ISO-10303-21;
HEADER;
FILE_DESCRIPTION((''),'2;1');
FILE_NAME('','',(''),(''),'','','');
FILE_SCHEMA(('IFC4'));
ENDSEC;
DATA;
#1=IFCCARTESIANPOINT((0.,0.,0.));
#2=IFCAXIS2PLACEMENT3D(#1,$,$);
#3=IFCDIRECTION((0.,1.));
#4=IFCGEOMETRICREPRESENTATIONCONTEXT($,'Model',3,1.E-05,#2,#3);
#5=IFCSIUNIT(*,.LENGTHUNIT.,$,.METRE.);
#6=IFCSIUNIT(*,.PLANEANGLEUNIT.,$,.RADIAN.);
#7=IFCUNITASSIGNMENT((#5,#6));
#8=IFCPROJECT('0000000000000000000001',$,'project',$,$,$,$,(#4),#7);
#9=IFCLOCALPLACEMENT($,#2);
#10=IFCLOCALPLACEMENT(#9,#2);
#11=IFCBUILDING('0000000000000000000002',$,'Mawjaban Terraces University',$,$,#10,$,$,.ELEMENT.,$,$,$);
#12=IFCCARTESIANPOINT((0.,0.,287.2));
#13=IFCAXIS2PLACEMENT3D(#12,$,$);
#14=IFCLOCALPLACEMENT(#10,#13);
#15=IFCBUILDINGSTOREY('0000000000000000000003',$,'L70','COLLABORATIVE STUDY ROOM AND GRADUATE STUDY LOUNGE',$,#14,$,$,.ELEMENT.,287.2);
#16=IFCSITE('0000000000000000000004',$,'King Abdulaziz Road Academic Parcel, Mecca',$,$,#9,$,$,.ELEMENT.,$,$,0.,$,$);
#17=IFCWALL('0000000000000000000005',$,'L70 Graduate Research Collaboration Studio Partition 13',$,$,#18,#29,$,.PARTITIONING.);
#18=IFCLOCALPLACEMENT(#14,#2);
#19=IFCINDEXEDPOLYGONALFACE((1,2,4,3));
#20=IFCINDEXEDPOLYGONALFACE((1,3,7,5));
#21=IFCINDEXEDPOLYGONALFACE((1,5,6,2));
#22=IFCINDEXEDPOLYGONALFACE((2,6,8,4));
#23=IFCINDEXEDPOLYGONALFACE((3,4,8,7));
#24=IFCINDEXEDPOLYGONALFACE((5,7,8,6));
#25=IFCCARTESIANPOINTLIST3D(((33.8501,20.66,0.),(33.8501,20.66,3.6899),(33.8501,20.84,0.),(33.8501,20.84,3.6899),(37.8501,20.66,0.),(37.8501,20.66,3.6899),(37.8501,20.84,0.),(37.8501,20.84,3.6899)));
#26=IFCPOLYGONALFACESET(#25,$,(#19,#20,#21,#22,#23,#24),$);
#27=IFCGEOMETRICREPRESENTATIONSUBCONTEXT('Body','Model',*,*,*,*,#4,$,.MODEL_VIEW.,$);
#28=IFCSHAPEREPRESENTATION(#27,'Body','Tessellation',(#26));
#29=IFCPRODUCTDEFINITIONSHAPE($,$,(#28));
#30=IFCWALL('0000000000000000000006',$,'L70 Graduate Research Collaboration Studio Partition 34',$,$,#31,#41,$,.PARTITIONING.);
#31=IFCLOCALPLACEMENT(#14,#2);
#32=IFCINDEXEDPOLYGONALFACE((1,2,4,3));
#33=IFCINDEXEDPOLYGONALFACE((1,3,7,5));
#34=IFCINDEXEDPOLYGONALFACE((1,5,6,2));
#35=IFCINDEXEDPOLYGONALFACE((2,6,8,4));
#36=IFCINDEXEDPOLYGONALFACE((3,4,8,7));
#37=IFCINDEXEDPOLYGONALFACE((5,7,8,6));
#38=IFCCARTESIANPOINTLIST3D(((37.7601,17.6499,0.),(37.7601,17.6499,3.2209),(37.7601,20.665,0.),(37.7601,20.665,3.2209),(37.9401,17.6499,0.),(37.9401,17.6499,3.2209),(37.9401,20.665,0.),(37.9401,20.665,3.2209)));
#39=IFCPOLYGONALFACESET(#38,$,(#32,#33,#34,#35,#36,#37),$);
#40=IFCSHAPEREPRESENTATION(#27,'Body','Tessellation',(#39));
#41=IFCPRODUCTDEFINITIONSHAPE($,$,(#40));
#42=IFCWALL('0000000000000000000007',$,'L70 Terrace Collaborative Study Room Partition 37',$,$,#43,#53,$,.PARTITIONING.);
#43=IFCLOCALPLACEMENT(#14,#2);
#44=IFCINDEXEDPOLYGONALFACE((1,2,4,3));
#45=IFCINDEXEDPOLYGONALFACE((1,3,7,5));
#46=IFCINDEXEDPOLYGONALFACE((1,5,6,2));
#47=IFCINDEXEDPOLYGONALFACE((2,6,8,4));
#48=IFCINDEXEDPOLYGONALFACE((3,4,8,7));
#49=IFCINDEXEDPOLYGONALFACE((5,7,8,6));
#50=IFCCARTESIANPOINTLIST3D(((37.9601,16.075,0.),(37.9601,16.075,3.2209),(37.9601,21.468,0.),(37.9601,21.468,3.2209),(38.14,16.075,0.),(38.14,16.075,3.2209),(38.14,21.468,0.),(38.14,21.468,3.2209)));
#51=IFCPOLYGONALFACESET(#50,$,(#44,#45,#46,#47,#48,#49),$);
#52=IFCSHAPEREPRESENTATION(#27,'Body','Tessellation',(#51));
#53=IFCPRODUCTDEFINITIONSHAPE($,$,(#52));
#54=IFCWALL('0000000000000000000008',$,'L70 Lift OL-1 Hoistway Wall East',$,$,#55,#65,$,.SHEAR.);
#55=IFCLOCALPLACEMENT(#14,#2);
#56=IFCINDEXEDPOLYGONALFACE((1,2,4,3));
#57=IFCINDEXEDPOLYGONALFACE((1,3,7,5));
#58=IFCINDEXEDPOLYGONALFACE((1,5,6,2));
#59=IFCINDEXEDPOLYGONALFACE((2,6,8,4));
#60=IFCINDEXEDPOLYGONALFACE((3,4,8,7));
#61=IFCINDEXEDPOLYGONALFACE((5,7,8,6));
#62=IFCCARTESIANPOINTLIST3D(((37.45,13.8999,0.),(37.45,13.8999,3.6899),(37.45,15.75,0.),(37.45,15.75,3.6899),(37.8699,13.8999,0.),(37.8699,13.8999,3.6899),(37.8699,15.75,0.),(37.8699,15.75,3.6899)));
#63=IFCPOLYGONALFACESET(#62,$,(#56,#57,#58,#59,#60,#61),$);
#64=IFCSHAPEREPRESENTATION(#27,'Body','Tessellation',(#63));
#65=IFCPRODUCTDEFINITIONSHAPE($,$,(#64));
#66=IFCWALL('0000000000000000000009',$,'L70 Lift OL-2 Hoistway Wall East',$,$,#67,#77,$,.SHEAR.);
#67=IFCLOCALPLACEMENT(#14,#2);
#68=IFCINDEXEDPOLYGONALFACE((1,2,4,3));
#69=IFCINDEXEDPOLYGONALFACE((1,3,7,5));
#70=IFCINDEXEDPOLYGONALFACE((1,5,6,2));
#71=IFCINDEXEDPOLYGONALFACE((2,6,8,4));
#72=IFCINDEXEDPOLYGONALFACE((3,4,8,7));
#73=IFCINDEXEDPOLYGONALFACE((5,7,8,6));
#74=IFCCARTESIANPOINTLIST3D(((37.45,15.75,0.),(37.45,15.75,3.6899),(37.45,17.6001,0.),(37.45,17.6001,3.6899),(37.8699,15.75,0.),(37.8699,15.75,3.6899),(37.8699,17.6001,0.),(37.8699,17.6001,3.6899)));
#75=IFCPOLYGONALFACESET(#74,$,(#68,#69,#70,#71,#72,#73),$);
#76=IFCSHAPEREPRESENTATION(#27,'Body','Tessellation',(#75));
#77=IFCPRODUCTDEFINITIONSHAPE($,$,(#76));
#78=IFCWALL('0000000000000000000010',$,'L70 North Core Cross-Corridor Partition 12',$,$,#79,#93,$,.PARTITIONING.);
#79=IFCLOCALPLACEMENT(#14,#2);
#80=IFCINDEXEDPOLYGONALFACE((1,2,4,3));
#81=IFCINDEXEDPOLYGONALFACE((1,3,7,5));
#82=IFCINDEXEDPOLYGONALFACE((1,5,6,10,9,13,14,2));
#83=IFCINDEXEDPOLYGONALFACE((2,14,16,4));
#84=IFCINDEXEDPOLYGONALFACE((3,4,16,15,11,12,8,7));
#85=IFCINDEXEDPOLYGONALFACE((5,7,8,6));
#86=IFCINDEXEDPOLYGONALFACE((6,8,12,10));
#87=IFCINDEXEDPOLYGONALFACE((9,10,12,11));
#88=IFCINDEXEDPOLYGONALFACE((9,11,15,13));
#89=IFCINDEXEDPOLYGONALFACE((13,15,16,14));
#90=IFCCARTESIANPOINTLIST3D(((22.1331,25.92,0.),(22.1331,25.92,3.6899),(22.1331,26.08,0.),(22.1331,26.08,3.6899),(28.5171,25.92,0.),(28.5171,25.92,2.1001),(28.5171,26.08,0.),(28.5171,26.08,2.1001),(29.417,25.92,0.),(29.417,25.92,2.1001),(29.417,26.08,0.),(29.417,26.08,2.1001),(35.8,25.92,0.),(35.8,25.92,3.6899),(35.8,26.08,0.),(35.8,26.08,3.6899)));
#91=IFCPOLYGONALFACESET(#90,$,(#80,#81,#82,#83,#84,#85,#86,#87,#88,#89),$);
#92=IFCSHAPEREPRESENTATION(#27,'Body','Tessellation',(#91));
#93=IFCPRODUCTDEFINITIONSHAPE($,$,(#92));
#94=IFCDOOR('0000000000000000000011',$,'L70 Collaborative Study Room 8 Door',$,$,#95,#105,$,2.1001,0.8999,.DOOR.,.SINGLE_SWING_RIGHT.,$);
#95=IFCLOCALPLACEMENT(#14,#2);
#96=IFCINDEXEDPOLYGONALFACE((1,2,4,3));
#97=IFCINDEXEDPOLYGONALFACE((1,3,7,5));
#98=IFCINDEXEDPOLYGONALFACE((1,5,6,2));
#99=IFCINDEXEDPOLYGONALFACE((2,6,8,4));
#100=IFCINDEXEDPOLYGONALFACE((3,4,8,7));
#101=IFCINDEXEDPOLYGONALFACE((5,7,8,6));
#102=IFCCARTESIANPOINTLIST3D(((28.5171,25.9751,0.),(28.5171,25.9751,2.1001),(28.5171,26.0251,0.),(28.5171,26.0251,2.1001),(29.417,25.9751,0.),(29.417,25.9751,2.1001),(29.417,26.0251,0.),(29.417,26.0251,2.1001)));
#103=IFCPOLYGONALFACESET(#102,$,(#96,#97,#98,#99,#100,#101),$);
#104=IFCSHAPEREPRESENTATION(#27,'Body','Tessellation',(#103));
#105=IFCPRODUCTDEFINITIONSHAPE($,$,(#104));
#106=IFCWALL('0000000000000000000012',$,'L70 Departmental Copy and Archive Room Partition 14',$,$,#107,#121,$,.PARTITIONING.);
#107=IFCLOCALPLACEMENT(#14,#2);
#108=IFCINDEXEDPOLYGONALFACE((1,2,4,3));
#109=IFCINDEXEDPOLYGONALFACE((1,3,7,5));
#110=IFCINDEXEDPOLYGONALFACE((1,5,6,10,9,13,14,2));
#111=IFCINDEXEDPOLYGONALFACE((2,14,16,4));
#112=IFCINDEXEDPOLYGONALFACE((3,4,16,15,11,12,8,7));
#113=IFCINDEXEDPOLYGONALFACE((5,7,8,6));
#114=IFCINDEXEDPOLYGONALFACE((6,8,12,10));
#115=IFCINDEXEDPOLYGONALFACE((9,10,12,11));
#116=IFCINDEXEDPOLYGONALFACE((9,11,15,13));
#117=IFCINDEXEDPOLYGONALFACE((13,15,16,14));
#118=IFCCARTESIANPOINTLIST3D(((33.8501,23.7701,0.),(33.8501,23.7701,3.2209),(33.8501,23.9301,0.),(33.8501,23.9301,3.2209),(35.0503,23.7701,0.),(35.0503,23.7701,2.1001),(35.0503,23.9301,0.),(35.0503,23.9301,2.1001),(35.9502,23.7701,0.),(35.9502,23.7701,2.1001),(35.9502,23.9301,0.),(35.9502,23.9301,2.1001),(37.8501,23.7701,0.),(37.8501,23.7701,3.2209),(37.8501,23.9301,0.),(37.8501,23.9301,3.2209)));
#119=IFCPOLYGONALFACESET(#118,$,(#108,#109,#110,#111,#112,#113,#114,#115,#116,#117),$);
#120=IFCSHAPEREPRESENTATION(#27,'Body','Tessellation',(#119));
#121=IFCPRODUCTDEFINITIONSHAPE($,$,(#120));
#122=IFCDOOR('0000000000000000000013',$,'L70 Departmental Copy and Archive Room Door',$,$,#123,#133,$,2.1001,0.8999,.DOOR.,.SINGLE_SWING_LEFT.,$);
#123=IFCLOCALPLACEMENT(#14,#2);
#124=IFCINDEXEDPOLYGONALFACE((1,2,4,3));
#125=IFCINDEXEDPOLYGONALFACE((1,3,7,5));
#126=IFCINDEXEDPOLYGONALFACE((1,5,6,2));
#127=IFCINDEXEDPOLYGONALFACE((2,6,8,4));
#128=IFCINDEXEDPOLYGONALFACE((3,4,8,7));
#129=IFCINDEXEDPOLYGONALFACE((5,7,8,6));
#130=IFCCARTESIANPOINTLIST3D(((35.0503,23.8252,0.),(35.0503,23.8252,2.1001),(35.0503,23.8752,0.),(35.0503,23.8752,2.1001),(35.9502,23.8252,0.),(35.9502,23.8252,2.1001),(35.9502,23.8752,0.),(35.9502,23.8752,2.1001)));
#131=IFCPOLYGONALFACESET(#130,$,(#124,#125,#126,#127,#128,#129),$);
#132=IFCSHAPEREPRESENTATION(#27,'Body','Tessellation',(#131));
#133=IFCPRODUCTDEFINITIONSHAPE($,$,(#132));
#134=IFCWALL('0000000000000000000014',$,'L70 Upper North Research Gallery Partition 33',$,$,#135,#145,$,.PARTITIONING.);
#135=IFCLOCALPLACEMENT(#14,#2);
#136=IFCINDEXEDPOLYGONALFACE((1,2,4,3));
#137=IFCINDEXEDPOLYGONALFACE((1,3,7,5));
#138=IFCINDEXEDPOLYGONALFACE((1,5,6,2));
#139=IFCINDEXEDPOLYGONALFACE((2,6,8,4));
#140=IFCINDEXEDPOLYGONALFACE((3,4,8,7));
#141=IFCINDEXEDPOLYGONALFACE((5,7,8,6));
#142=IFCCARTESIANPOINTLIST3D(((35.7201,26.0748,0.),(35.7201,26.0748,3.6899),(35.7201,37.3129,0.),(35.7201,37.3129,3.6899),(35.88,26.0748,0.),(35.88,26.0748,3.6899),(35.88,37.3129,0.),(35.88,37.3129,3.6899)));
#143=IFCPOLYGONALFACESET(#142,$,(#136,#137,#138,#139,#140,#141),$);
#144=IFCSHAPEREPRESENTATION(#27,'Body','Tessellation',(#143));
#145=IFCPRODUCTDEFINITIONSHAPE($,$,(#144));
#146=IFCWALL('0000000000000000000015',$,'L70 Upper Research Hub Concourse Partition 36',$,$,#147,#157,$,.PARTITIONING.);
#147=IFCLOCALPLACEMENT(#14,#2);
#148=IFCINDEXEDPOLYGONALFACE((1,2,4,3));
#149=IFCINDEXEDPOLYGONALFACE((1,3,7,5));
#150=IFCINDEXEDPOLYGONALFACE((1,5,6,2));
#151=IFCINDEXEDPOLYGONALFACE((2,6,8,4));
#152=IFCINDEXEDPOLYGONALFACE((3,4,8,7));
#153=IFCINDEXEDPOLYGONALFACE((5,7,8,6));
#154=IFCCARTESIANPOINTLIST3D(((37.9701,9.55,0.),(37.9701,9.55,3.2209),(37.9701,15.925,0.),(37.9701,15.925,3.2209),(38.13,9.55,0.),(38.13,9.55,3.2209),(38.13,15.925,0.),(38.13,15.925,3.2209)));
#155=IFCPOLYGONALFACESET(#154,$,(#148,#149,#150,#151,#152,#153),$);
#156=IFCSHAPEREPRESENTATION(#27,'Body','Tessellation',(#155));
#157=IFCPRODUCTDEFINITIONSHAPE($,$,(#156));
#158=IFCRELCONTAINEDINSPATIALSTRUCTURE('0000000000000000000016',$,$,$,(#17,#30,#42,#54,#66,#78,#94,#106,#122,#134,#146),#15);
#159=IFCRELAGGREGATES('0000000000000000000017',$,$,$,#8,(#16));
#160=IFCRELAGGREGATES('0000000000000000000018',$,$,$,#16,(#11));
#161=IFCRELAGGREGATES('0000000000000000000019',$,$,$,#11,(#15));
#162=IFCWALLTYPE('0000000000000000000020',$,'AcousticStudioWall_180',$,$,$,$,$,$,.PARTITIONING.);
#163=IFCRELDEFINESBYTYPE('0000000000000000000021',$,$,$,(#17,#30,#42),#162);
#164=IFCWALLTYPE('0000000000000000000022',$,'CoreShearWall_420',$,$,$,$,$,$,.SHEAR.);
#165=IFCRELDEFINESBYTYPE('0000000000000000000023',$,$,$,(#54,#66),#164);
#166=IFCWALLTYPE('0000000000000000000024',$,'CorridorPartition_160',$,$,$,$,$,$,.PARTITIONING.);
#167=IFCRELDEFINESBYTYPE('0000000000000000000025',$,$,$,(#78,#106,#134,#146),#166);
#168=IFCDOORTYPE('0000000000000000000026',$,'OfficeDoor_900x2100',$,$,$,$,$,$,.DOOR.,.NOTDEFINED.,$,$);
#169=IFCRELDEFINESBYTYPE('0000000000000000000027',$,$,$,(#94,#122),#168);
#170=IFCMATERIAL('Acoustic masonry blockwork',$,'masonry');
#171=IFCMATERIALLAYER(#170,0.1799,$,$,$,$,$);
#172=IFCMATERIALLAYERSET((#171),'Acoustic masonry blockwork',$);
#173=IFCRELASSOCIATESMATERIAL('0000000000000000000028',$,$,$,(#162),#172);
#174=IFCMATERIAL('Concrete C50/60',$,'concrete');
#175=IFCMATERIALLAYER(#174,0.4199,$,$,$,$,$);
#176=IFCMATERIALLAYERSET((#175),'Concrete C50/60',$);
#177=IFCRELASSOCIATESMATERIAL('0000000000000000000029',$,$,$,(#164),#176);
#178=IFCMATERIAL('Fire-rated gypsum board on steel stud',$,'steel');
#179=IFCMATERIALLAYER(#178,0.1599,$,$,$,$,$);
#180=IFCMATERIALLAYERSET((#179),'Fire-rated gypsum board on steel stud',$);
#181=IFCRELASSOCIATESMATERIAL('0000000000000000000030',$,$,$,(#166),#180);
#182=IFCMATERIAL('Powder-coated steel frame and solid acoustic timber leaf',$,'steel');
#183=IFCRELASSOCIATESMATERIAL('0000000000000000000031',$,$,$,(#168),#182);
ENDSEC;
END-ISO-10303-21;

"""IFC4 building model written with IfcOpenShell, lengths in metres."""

from ifc_helpers import new_model, si_unit, direction, frame, frame_2d, origin, place, context, subcontext, project, spatial, rectangle, extrude, material, layer, layer_set, type_object, element, fill, save


model = new_model("IFC4")

# Units and contexts
model_context = context("Model", 3, precision=1e-05, world=origin(), true_north=direction((0.0, 1.0)))
body_context = subcontext(model_context, "Body", "Model", "MODEL_VIEW")
ifc_project = project(units=[si_unit("LENGTHUNIT", "METRE"), si_unit("PLANEANGLEUNIT", "RADIAN")], contexts=[model_context])

# Site, building, storey
site_placement = place(None, origin())
site = spatial("IfcSite", under=ifc_project, at=site_placement, Name="King Abdulaziz Road Academic Parcel, Mecca", CompositionType="ELEMENT", RefElevation=0.0)
building_placement = place(site_placement, origin())
building = spatial("IfcBuilding", under=site, at=building_placement, Name="Mawjaban Terraces University", CompositionType="ELEMENT")
storey_placement = place(building_placement, frame((0.0, 0.0, 287.2)))
storey = spatial("IfcBuildingStorey", under=building, at=storey_placement, Name="L70", Description="COLLABORATIVE STUDY ROOM AND GRADUATE STUDY LOUNGE", CompositionType="ELEMENT", Elevation=287.2)

# Shared definitions
ifc_material_1 = material(Name="Concrete C50/60", Category="concrete")

# Walls
ifc_material_2 = material(Name="Acoustic masonry blockwork", Category="masonry")
ifc_layer_1 = layer(ifc_material_2, 0.1799)
ifc_layer_set_1 = layer_set([ifc_layer_1], Name="Acoustic masonry blockwork")
wall_type_1 = type_object("IfcWallType", Name="AcousticStudioWall_180", PredefinedType="PARTITIONING", material=ifc_layer_set_1)
wall_1_placement = place(storey_placement, frame((37.8501, 20.75, 0.0), z_axis=(0.0, 0.0, 1.0), x_axis=(-1.0, 0.0, 0.0)))
element("IfcWall", 1, at=wall_1_placement, inside=storey, type_object=wall_type_1, Name="L70 Graduate Research Collaboration Studio Partition 13", PredefinedType="PARTITIONING", context=body_context, shape_type="SweptSolid", body=[
    extrude(rectangle(XDim=4.0, YDim=0.1799, at=frame_2d((2.0, 0.0))), origin(), (0.0, 0.0, 1.0), 3.6899),
])
wall_2_placement = place(storey_placement, frame((37.8501, 17.6499, 0.0), z_axis=(0.0, 0.0, 1.0), x_axis=(0.0, 1.0, 0.0)))
element("IfcWall", 2, at=wall_2_placement, inside=storey, type_object=wall_type_1, Name="L70 Graduate Research Collaboration Studio Partition 34", PredefinedType="PARTITIONING", context=body_context, shape_type="SweptSolid", body=[
    extrude(rectangle(XDim=3.0151, YDim=0.1799, at=frame_2d((1.5076, 0.0))), origin(), (0.0, 0.0, 1.0), 3.2209),
])
wall_3_placement = place(storey_placement, frame((38.05, 21.468, 0.0), z_axis=(0.0, 0.0, 1.0), x_axis=(0.0, -1.0, 0.0)))
element("IfcWall", 3, at=wall_3_placement, inside=storey, type_object=wall_type_1, Name="L70 Terrace Collaborative Study Room Partition 37", PredefinedType="PARTITIONING", context=body_context, shape_type="SweptSolid", body=[
    extrude(rectangle(XDim=5.3931, YDim=0.1799, at=frame_2d((2.6965, 0.0))), origin(), (0.0, 0.0, 1.0), 3.2209),
])
ifc_layer_2 = layer(ifc_material_1, 0.4199)
ifc_layer_set_2 = layer_set([ifc_layer_2], Name="Concrete C50/60")
wall_type_2 = type_object("IfcWallType", Name="CoreShearWall_420", PredefinedType="SHEAR", material=ifc_layer_set_2)
for number, where, z_axis, x_axis, name in (
    (4, (37.6599, 13.8999, 0.0), (0.0, 0.0, 1.0), (0.0, 1.0, 0.0), "L70 Lift OL-1 Hoistway Wall East"),
    (5, (37.6599, 15.75, 0.0), (0.0, 0.0, 1.0), (0.0, 1.0, 0.0), "L70 Lift OL-2 Hoistway Wall East"),
):
    element("IfcWall", number, at=place(storey_placement, frame(where, z_axis=z_axis, x_axis=x_axis)), inside=storey, type_object=wall_type_2, Name=name, PredefinedType="SHEAR", context=body_context, shape_type="SweptSolid", body=[
        extrude(rectangle(XDim=1.8501, YDim=0.4199, at=frame_2d((0.925, 0.0))), origin(), (0.0, 0.0, 1.0), 3.6899),
    ])

# Walls, openings, doors
ifc_material_3 = material(Name="Fire-rated gypsum board on steel stud", Category="steel")
ifc_layer_3 = layer(ifc_material_3, 0.1599)
ifc_layer_set_3 = layer_set([ifc_layer_3], Name="Fire-rated gypsum board on steel stud")
wall_type_3 = type_object("IfcWallType", Name="CorridorPartition_160", PredefinedType="PARTITIONING", material=ifc_layer_set_3)
wall_4_placement = place(storey_placement, frame((35.8, 26.0, 0.0), z_axis=(0.0, 0.0, 1.0), x_axis=(-1.0, 0.0, 0.0)))
wall_4 = element("IfcWall", 6, at=wall_4_placement, inside=storey, type_object=wall_type_3, Name="L70 North Core Cross-Corridor Partition 12", PredefinedType="PARTITIONING", context=body_context, shape_type="SweptSolid", body=[
    extrude(rectangle(XDim=13.667, YDim=0.1599, at=frame_2d((6.8335, 0.0))), origin(), (0.0, 0.0, 1.0), 3.6899),
])
opening_1_placement = place(wall_4_placement, frame((6.3831, 0.0, 0.0)))
opening_1 = element("IfcOpeningElement", 7, at=opening_1_placement, cuts=wall_4, PredefinedType="OPENING", context=body_context, shape_type="SweptSolid", body=[
    extrude(rectangle(XDim=0.8999, YDim=2.1001, at=frame_2d((0.45, 1.05))), frame((0.0, 0.0898, 0.0), z_axis=(0.0, -1.0, 0.0), x_axis=(1.0, 0.0, 0.0)), (0.0, 0.0, 1.0), 0.1799),
])
ifc_material_4 = material(Name="Powder-coated steel frame and solid acoustic timber leaf", Category="steel")
door_type_1 = type_object("IfcDoorType", Name="OfficeDoor_900x2100", OperationType="NOTDEFINED", PredefinedType="DOOR", material=ifc_material_4)
door_1_placement = place(opening_1_placement, origin())
door_1 = element("IfcDoor", 8, at=door_1_placement, inside=storey, type_object=door_type_1, Name="L70 Collaborative Study Room 8 Door", OperationType="SINGLE_SWING_RIGHT", OverallHeight=2.1001, OverallWidth=0.8999, PredefinedType="DOOR", context=body_context, shape_type="SweptSolid", body=[
    extrude(rectangle(XDim=0.8999, YDim=2.1001, at=frame_2d((0.45, 1.05))), frame((0.0, 0.0249, 0.0), z_axis=(0.0, -1.0, 0.0), x_axis=(1.0, 0.0, 0.0)), (0.0, 0.0, 1.0), 0.05),
])
fill(opening_1, door_1)
wall_5_placement = place(storey_placement, frame((37.8501, 23.8501, 0.0), z_axis=(0.0, 0.0, 1.0), x_axis=(-1.0, 0.0, 0.0)))
wall_5 = element("IfcWall", 9, at=wall_5_placement, inside=storey, type_object=wall_type_3, Name="L70 Departmental Copy and Archive Room Partition 14", PredefinedType="PARTITIONING", context=body_context, shape_type="SweptSolid", body=[
    extrude(rectangle(XDim=4.0, YDim=0.1599, at=frame_2d((2.0, 0.0))), origin(), (0.0, 0.0, 1.0), 3.2209),
])
opening_2_placement = place(wall_5_placement, frame((1.8999, 0.0, 0.0)))
opening_2 = element("IfcOpeningElement", 10, at=opening_2_placement, cuts=wall_5, PredefinedType="OPENING", context=body_context, shape_type="SweptSolid", body=[
    extrude(rectangle(XDim=0.8999, YDim=2.1001, at=frame_2d((0.45, 1.05))), frame((0.0, 0.0898, 0.0), z_axis=(0.0, -1.0, 0.0), x_axis=(1.0, 0.0, 0.0)), (0.0, 0.0, 1.0), 0.1799),
])
door_2_placement = place(opening_2_placement, origin())
door_2 = element("IfcDoor", 11, at=door_2_placement, inside=storey, type_object=door_type_1, Name="L70 Departmental Copy and Archive Room Door", OperationType="SINGLE_SWING_LEFT", OverallHeight=2.1001, OverallWidth=0.8999, PredefinedType="DOOR", context=body_context, shape_type="SweptSolid", body=[
    extrude(rectangle(XDim=0.8999, YDim=2.1001, at=frame_2d((0.45, 1.05))), frame((0.0, 0.0249, 0.0), z_axis=(0.0, -1.0, 0.0), x_axis=(1.0, 0.0, 0.0)), (0.0, 0.0, 1.0), 0.05),
])
fill(opening_2, door_2)

# Walls
wall_6_placement = place(storey_placement, frame((35.8, 37.313, 0.0), z_axis=(0.0, 0.0, 1.0), x_axis=(0.0, -1.0, 0.0)))
element("IfcWall", 12, at=wall_6_placement, inside=storey, type_object=wall_type_3, Name="L70 Upper North Research Gallery Partition 33", PredefinedType="PARTITIONING", context=body_context, shape_type="SweptSolid", body=[
    extrude(rectangle(XDim=11.238, YDim=0.1599, at=frame_2d((5.6191, 0.0))), origin(), (0.0, 0.0, 1.0), 3.6899),
])
wall_7_placement = place(storey_placement, frame((38.05, 15.925, 0.0), z_axis=(0.0, 0.0, 1.0), x_axis=(0.0, -1.0, 0.0)))
element("IfcWall", 13, at=wall_7_placement, inside=storey, type_object=wall_type_3, Name="L70 Upper Research Hub Concourse Partition 36", PredefinedType="PARTITIONING", context=body_context, shape_type="SweptSolid", body=[
    extrude(rectangle(XDim=6.375, YDim=0.1599, at=frame_2d((3.1875, 0.0))), origin(), (0.0, 0.0, 1.0), 3.2209),
])

save(model, "model.ifc")
